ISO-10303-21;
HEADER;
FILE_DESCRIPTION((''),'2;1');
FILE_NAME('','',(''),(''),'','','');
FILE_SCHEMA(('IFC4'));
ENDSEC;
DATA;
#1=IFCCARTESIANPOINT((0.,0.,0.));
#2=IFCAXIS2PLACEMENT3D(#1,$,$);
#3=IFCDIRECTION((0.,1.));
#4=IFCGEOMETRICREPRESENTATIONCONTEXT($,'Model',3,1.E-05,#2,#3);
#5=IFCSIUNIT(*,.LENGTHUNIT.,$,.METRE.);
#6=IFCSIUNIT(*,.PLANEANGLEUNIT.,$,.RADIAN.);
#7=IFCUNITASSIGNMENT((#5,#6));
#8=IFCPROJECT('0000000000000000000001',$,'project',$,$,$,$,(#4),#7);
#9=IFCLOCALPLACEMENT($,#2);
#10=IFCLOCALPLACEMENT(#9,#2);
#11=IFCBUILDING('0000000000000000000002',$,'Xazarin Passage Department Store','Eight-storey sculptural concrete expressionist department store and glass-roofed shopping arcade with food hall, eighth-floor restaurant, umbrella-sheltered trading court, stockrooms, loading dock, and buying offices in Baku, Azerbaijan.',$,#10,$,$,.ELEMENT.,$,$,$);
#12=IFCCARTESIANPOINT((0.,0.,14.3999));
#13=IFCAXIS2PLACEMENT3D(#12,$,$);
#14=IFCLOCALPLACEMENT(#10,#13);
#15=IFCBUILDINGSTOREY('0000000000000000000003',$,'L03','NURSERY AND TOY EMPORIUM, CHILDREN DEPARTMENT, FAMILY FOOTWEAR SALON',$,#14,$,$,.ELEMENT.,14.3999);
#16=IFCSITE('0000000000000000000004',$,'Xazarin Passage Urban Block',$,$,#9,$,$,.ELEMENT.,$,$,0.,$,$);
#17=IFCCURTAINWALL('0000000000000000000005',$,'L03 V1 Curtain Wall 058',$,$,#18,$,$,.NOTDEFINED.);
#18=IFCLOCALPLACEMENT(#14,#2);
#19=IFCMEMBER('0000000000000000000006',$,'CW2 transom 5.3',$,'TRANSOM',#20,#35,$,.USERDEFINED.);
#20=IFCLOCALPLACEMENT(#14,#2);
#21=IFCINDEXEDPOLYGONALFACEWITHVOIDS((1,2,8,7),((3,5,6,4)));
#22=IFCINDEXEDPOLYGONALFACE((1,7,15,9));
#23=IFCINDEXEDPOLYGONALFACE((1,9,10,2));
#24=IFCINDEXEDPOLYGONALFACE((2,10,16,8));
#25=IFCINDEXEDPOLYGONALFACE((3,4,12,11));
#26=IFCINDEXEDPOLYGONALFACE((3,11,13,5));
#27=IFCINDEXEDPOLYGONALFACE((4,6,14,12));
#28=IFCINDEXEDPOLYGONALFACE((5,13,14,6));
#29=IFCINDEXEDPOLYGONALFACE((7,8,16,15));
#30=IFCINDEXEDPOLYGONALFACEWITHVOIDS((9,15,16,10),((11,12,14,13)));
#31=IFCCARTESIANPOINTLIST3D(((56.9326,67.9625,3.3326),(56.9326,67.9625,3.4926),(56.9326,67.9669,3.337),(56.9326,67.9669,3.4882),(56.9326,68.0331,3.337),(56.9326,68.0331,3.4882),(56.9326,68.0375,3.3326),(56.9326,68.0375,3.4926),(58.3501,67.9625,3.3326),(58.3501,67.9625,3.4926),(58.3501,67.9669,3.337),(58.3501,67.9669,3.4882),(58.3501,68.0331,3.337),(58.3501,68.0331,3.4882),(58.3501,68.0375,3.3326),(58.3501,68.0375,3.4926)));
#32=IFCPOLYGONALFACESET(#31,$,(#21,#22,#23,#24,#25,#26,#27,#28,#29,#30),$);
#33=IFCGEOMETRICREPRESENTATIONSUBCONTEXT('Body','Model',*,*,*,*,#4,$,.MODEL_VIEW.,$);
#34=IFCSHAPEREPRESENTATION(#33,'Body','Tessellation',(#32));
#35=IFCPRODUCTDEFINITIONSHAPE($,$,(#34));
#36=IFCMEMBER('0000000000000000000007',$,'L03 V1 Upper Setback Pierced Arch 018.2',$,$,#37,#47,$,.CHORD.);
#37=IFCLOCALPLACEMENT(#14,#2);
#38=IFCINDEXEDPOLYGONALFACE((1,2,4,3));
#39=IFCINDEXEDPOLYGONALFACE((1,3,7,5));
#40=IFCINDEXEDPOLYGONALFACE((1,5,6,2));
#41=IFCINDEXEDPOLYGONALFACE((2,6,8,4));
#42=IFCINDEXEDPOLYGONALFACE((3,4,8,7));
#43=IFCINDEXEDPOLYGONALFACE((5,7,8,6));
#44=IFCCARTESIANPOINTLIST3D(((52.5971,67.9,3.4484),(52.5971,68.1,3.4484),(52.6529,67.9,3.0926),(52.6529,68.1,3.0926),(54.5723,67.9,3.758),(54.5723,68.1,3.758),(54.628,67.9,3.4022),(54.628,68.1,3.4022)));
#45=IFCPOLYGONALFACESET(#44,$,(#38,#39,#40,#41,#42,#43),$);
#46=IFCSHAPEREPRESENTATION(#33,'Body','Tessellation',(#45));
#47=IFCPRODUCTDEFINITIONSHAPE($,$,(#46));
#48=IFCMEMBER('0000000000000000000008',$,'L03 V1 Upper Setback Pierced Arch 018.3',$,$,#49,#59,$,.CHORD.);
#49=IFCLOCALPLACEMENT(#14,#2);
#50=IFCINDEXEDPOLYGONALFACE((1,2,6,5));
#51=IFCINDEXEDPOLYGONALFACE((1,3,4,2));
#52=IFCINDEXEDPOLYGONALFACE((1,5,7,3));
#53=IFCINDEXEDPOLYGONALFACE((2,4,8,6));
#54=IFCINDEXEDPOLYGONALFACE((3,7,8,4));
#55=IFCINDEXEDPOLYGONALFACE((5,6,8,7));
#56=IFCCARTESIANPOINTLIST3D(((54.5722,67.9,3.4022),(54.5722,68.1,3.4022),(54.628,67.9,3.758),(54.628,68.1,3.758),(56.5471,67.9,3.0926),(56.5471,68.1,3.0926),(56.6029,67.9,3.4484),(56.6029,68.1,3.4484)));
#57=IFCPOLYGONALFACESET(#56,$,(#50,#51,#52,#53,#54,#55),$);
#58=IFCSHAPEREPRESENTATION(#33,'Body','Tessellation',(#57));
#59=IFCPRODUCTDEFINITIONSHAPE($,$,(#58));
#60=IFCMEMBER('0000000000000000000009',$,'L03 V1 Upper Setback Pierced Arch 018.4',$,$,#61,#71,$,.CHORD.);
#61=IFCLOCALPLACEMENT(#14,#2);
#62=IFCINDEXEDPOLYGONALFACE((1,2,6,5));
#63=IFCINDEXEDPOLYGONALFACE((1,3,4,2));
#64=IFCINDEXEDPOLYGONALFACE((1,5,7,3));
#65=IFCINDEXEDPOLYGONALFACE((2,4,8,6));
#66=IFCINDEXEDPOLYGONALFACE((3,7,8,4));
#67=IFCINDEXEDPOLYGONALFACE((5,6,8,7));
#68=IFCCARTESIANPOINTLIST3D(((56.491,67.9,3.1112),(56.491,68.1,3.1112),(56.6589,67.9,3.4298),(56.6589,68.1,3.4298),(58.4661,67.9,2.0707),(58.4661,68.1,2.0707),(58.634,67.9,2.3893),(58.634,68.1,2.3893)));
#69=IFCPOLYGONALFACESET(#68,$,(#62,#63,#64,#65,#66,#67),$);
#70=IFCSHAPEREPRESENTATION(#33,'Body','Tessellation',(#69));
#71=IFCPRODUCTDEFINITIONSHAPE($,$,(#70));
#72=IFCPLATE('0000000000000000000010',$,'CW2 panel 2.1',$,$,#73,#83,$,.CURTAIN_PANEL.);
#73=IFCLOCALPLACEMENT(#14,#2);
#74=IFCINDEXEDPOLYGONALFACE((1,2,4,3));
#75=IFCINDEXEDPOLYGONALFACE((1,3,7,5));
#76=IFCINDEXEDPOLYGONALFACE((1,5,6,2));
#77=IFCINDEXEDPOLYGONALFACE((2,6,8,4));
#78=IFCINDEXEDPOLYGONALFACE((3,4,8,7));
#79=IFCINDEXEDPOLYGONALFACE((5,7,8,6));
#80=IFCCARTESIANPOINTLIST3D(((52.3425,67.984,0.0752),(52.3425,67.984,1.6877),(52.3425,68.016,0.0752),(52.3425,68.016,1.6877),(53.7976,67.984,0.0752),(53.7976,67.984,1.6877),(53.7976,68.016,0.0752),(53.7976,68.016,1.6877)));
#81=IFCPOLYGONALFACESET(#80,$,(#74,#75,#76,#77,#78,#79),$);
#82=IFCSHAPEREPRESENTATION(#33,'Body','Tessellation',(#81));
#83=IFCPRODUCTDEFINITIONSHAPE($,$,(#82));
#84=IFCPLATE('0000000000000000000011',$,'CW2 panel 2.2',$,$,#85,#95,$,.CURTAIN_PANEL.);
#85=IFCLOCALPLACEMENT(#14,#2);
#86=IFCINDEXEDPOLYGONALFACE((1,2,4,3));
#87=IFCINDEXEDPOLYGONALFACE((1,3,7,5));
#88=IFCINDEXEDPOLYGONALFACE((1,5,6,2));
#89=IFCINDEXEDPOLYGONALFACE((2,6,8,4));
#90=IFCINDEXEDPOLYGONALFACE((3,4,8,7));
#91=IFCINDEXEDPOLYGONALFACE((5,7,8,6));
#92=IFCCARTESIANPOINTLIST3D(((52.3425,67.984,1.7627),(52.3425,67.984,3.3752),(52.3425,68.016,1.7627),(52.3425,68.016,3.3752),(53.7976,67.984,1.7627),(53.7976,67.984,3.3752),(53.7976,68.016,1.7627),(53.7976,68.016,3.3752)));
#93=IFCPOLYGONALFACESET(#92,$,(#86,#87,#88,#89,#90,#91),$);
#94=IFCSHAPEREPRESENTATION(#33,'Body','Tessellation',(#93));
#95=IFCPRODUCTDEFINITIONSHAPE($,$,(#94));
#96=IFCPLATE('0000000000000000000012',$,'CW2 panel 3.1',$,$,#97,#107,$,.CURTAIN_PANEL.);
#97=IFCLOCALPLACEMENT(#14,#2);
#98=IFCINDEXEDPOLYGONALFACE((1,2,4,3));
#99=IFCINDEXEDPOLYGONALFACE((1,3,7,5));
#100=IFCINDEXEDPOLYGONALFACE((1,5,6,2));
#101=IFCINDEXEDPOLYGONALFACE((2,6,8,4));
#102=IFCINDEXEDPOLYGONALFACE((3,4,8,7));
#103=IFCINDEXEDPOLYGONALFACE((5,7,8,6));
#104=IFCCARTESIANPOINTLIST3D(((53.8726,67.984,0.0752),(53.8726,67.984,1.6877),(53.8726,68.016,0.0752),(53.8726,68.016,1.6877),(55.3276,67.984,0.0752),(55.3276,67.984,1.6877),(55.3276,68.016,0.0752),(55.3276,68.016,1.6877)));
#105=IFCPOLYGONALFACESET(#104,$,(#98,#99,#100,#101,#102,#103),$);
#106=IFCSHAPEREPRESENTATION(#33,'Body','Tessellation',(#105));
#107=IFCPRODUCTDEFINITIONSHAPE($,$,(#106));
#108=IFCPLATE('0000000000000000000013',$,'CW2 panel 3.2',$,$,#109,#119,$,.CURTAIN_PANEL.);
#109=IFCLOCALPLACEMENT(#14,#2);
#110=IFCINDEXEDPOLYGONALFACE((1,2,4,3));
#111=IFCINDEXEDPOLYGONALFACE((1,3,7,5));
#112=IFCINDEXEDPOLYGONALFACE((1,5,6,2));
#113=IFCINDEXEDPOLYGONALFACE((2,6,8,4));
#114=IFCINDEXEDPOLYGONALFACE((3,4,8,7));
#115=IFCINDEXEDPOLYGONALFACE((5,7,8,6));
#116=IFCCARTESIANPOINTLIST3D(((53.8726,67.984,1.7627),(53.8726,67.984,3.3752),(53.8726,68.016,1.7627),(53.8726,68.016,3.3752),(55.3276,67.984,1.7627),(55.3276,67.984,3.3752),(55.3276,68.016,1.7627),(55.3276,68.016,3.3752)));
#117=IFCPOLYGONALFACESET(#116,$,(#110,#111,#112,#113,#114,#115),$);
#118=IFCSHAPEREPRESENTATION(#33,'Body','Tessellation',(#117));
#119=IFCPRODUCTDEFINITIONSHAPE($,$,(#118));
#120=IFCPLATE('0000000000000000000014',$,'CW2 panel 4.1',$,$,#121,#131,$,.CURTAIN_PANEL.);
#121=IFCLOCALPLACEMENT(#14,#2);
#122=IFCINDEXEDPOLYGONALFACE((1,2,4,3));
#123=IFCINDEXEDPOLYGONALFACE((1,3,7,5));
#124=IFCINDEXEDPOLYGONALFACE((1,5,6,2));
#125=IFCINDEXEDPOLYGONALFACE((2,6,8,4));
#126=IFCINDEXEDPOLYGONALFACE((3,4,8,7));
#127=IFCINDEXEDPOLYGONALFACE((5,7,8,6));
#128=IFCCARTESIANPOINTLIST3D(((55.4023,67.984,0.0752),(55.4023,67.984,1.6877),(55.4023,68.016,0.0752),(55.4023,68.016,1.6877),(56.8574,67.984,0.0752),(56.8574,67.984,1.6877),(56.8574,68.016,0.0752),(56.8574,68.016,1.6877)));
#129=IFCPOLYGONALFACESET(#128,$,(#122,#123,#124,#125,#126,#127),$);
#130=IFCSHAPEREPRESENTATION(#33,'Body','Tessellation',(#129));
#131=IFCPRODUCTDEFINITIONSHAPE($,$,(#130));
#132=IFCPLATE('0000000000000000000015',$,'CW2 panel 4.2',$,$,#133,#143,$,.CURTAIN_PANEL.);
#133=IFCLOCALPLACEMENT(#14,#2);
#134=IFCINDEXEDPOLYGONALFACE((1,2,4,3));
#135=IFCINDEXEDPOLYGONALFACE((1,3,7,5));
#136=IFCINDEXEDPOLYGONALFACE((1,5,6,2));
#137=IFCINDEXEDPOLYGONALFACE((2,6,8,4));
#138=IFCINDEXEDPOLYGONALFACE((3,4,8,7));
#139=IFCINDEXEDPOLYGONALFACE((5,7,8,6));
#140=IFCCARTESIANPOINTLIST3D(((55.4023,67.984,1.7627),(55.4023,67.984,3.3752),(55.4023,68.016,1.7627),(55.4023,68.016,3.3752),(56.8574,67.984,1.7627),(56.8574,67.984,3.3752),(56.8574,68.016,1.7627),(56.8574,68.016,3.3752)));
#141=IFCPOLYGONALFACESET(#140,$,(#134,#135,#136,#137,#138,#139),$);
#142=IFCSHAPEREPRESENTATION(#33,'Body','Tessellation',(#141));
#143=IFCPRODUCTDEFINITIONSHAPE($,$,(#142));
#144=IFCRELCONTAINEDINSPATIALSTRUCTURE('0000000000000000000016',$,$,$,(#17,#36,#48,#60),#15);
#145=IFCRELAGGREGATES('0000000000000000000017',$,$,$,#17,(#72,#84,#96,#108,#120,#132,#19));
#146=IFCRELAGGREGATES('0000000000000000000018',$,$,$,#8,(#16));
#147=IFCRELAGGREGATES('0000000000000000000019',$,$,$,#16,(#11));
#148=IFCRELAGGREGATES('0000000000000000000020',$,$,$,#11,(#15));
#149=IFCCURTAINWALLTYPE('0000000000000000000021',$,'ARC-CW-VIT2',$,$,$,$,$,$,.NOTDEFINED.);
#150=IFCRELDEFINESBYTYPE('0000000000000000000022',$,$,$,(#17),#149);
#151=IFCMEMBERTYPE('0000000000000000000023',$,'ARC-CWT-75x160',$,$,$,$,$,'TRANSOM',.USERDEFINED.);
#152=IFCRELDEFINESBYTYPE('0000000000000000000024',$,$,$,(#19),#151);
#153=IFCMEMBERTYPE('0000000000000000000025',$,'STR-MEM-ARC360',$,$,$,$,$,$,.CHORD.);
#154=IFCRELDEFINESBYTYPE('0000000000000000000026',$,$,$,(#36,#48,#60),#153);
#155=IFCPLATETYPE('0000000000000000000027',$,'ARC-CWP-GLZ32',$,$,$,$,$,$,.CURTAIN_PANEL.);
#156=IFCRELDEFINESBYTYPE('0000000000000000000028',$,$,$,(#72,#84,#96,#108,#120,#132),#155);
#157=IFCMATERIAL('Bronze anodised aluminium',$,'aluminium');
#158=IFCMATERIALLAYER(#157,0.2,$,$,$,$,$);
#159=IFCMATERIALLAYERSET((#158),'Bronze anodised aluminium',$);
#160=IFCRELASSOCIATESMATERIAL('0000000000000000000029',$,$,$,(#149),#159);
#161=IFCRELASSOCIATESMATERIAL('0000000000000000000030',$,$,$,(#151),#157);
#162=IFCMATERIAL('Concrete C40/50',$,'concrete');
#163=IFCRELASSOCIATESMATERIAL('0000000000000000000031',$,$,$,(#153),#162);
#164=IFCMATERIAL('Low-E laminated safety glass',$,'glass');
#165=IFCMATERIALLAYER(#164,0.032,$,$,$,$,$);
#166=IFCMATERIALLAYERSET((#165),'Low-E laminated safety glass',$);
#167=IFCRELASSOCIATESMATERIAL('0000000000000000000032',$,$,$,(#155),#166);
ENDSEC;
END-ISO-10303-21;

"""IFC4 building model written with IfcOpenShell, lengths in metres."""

from ifc_helpers import new_model, si_unit, direction, frame, origin, origin_2d, place, context, subcontext, project, spatial, rectangle, hollow_rectangle, extrude, material, layer, layer_set, material_profile, profile_set, type_object, element, aggregate, save


model = new_model("IFC4")

# Units and contexts
model_context = context("Model", 3, precision=1e-05, world=origin(), true_north=direction((0.0, 1.0)))
body_context = subcontext(model_context, "Body", "Model", "MODEL_VIEW")
ifc_project = project(units=[si_unit("LENGTHUNIT", "METRE"), si_unit("PLANEANGLEUNIT", "RADIAN")], contexts=[model_context])

# Site, building, storey
site_placement = place(None, origin())
site = spatial("IfcSite", under=ifc_project, at=site_placement, Name="Xazarin Passage Urban Block", CompositionType="ELEMENT", RefElevation=0.0)
building_placement = place(site_placement, origin())
building = spatial("IfcBuilding", under=site, at=building_placement, Name="Xazarin Passage Department Store", Description="Eight-storey sculptural concrete expressionist department store and glass-roofed shopping arcade with food hall, eighth-floor restaurant, umbrella-sheltered trading court, stockrooms, loading dock, and buying offices in Baku, Azerbaijan.", CompositionType="ELEMENT")
storey_placement = place(building_placement, frame((0.0, 0.0, 14.3999)))
storey = spatial("IfcBuildingStorey", under=building, at=storey_placement, Name="L03", Description="NURSERY AND TOY EMPORIUM, CHILDREN DEPARTMENT, FAMILY FOOTWEAR SALON", CompositionType="ELEMENT", Elevation=14.3999)

# Curtain wall, member
ifc_material_1 = material(Name="Bronze anodised aluminium", Category="aluminium")
ifc_layer_1 = layer(ifc_material_1, 0.2)
ifc_layer_set_1 = layer_set([ifc_layer_1], Name="Bronze anodised aluminium")
curtain_wall_type = type_object("IfcCurtainWallType", Name="ARC-CW-VIT2", PredefinedType="NOTDEFINED", material=ifc_layer_set_1)
curtain_wall_placement = place(storey_placement, origin())
curtain_wall = element("IfcCurtainWall", 1, at=curtain_wall_placement, inside=storey, type_object=curtain_wall_type, Name="L03 V1 Curtain Wall 058", PredefinedType="NOTDEFINED")
ifc_material_profile_1 = material_profile(ifc_material_1, hollow_rectangle(XDim=0.075, YDim=0.1599, WallThickness=0.0044, at=origin_2d()), Name="ALU 75x160")
ifc_profile_set_1 = profile_set([ifc_material_profile_1], Name="Bronze anodised aluminium")
member_type_1 = type_object("IfcMemberType", Name="ARC-CWT-75x160", ElementType="TRANSOM", PredefinedType="USERDEFINED", material=ifc_profile_set_1)
member_1_placement = place(storey_placement, frame((56.9326, 68.0, 3.4126), z_axis=(1.0, 0.0, 0.0), x_axis=(0.0, 1.0, 0.0)))
member_1 = element("IfcMember", 2, at=member_1_placement, type_object=member_type_1, Name="CW2 transom 5.3", ObjectType="TRANSOM", PredefinedType="USERDEFINED", context=body_context, shape_type="SweptSolid", body=[
    extrude(hollow_rectangle(XDim=0.075, YDim=0.1599, WallThickness=0.0044, at=origin_2d()), origin(), (0.0, 0.0, 1.0), 1.4175),
])

# Members
ifc_material_2 = material(Name="Concrete C40/50", Category="concrete")
ifc_material_profile_2 = material_profile(ifc_material_2, rectangle(XDim=0.2, YDim=0.3601, at=origin_2d()), Name="RC 200x360")
ifc_profile_set_2 = profile_set([ifc_material_profile_2], Name="Concrete C40/50")
member_type_2 = type_object("IfcMemberType", Name="STR-MEM-ARC360", PredefinedType="CHORD", material=ifc_profile_set_2)
member_2_placement = place(storey_placement, frame((52.625, 68.0, 3.2705), z_axis=(0.987939, 0.0, 0.154846), x_axis=(0.0, 1.0, 0.0)))
element("IfcMember", 3, at=member_2_placement, inside=storey, type_object=member_type_2, Name="L03 V1 Upper Setback Pierced Arch 018.2", PredefinedType="CHORD", context=body_context, shape_type="SweptSolid", body=[
    extrude(rectangle(XDim=0.2, YDim=0.3601, at=origin_2d()), origin(), (0.0, 0.0, 1.0), 1.9993),
])
member_3_placement = place(storey_placement, frame((54.6001, 68.0, 3.5801), z_axis=(0.987936, 0.0, -0.154865), x_axis=(0.0, 1.0, 0.0)))
element("IfcMember", 4, at=member_3_placement, inside=storey, type_object=member_type_2, Name="L03 V1 Upper Setback Pierced Arch 018.3", PredefinedType="CHORD", context=body_context, shape_type="SweptSolid", body=[
    extrude(rectangle(XDim=0.2, YDim=0.3601, at=origin_2d()), origin(), (0.0, 0.0, 1.0), 1.999),
])
member_4_placement = place(storey_placement, frame((56.575, 68.0, 3.2705), z_axis=(0.884733, 0.0, -0.466098), x_axis=(0.0, 1.0, 0.0)))
element("IfcMember", 5, at=member_4_placement, inside=storey, type_object=member_type_2, Name="L03 V1 Upper Setback Pierced Arch 018.4", PredefinedType="CHORD", context=body_context, shape_type="SweptSolid", body=[
    extrude(rectangle(XDim=0.2, YDim=0.3601, at=origin_2d()), origin(), (0.0, 0.0, 1.0), 2.2324),
])

# Plates
ifc_material_3 = material(Name="Low-E laminated safety glass", Category="glass")
ifc_layer_2 = layer(ifc_material_3, 0.032)
ifc_layer_set_2 = layer_set([ifc_layer_2], Name="Low-E laminated safety glass")
plate_type = type_object("IfcPlateType", Name="ARC-CWP-GLZ32", PredefinedType="CURTAIN_PANEL", material=ifc_layer_set_2)
plate_1_placement = place(storey_placement, frame((53.0701, 68.0, 0.0752), z_axis=(0.0, 0.0, 1.0), x_axis=(1.0, 0.0, 0.0)))
plate_1 = element("IfcPlate", 6, at=plate_1_placement, type_object=plate_type, Name="CW2 panel 2.1", PredefinedType="CURTAIN_PANEL", context=body_context, shape_type="SweptSolid", body=[
    extrude(rectangle(XDim=1.4551, YDim=0.032, at=origin_2d()), origin(), (0.0, 0.0, 1.0), 1.6125),
])
plate_2_placement = place(storey_placement, frame((53.0701, 68.0, 1.7627), z_axis=(0.0, 0.0, 1.0), x_axis=(1.0, 0.0, 0.0)))
plate_2 = element("IfcPlate", 7, at=plate_2_placement, type_object=plate_type, Name="CW2 panel 2.2", PredefinedType="CURTAIN_PANEL", context=body_context, shape_type="SweptSolid", body=[
    extrude(rectangle(XDim=1.4551, YDim=0.032, at=origin_2d()), origin(), (0.0, 0.0, 1.0), 1.6125),
])
plate_3_placement = place(storey_placement, frame((54.6001, 68.0, 0.0752), z_axis=(0.0, 0.0, 1.0), x_axis=(1.0, 0.0, 0.0)))
plate_3 = element("IfcPlate", 8, at=plate_3_placement, type_object=plate_type, Name="CW2 panel 3.1", PredefinedType="CURTAIN_PANEL", context=body_context, shape_type="SweptSolid", body=[
    extrude(rectangle(XDim=1.4551, YDim=0.032, at=origin_2d()), origin(), (0.0, 0.0, 1.0), 1.6125),
])
plate_4_placement = place(storey_placement, frame((54.6001, 68.0, 1.7627), z_axis=(0.0, 0.0, 1.0), x_axis=(1.0, 0.0, 0.0)))
plate_4 = element("IfcPlate", 9, at=plate_4_placement, type_object=plate_type, Name="CW2 panel 3.2", PredefinedType="CURTAIN_PANEL", context=body_context, shape_type="SweptSolid", body=[
    extrude(rectangle(XDim=1.4551, YDim=0.032, at=origin_2d()), origin(), (0.0, 0.0, 1.0), 1.6125),
])
plate_5_placement = place(storey_placement, frame((56.1299, 68.0, 0.0752), z_axis=(0.0, 0.0, 1.0), x_axis=(1.0, 0.0, 0.0)))
plate_5 = element("IfcPlate", 10, at=plate_5_placement, type_object=plate_type, Name="CW2 panel 4.1", PredefinedType="CURTAIN_PANEL", context=body_context, shape_type="SweptSolid", body=[
    extrude(rectangle(XDim=1.4551, YDim=0.032, at=origin_2d()), origin(), (0.0, 0.0, 1.0), 1.6125),
])
plate_6_placement = place(storey_placement, frame((56.1299, 68.0, 1.7627), z_axis=(0.0, 0.0, 1.0), x_axis=(1.0, 0.0, 0.0)))
plate_6 = element("IfcPlate", 11, at=plate_6_placement, type_object=plate_type, Name="CW2 panel 4.2", PredefinedType="CURTAIN_PANEL", context=body_context, shape_type="SweptSolid", body=[
    extrude(rectangle(XDim=1.4551, YDim=0.032, at=origin_2d()), origin(), (0.0, 0.0, 1.0), 1.6125),
])
aggregate(curtain_wall, [plate_1, plate_2, plate_3, plate_4, plate_5, plate_6, member_1])

save(model, "model.ifc")
